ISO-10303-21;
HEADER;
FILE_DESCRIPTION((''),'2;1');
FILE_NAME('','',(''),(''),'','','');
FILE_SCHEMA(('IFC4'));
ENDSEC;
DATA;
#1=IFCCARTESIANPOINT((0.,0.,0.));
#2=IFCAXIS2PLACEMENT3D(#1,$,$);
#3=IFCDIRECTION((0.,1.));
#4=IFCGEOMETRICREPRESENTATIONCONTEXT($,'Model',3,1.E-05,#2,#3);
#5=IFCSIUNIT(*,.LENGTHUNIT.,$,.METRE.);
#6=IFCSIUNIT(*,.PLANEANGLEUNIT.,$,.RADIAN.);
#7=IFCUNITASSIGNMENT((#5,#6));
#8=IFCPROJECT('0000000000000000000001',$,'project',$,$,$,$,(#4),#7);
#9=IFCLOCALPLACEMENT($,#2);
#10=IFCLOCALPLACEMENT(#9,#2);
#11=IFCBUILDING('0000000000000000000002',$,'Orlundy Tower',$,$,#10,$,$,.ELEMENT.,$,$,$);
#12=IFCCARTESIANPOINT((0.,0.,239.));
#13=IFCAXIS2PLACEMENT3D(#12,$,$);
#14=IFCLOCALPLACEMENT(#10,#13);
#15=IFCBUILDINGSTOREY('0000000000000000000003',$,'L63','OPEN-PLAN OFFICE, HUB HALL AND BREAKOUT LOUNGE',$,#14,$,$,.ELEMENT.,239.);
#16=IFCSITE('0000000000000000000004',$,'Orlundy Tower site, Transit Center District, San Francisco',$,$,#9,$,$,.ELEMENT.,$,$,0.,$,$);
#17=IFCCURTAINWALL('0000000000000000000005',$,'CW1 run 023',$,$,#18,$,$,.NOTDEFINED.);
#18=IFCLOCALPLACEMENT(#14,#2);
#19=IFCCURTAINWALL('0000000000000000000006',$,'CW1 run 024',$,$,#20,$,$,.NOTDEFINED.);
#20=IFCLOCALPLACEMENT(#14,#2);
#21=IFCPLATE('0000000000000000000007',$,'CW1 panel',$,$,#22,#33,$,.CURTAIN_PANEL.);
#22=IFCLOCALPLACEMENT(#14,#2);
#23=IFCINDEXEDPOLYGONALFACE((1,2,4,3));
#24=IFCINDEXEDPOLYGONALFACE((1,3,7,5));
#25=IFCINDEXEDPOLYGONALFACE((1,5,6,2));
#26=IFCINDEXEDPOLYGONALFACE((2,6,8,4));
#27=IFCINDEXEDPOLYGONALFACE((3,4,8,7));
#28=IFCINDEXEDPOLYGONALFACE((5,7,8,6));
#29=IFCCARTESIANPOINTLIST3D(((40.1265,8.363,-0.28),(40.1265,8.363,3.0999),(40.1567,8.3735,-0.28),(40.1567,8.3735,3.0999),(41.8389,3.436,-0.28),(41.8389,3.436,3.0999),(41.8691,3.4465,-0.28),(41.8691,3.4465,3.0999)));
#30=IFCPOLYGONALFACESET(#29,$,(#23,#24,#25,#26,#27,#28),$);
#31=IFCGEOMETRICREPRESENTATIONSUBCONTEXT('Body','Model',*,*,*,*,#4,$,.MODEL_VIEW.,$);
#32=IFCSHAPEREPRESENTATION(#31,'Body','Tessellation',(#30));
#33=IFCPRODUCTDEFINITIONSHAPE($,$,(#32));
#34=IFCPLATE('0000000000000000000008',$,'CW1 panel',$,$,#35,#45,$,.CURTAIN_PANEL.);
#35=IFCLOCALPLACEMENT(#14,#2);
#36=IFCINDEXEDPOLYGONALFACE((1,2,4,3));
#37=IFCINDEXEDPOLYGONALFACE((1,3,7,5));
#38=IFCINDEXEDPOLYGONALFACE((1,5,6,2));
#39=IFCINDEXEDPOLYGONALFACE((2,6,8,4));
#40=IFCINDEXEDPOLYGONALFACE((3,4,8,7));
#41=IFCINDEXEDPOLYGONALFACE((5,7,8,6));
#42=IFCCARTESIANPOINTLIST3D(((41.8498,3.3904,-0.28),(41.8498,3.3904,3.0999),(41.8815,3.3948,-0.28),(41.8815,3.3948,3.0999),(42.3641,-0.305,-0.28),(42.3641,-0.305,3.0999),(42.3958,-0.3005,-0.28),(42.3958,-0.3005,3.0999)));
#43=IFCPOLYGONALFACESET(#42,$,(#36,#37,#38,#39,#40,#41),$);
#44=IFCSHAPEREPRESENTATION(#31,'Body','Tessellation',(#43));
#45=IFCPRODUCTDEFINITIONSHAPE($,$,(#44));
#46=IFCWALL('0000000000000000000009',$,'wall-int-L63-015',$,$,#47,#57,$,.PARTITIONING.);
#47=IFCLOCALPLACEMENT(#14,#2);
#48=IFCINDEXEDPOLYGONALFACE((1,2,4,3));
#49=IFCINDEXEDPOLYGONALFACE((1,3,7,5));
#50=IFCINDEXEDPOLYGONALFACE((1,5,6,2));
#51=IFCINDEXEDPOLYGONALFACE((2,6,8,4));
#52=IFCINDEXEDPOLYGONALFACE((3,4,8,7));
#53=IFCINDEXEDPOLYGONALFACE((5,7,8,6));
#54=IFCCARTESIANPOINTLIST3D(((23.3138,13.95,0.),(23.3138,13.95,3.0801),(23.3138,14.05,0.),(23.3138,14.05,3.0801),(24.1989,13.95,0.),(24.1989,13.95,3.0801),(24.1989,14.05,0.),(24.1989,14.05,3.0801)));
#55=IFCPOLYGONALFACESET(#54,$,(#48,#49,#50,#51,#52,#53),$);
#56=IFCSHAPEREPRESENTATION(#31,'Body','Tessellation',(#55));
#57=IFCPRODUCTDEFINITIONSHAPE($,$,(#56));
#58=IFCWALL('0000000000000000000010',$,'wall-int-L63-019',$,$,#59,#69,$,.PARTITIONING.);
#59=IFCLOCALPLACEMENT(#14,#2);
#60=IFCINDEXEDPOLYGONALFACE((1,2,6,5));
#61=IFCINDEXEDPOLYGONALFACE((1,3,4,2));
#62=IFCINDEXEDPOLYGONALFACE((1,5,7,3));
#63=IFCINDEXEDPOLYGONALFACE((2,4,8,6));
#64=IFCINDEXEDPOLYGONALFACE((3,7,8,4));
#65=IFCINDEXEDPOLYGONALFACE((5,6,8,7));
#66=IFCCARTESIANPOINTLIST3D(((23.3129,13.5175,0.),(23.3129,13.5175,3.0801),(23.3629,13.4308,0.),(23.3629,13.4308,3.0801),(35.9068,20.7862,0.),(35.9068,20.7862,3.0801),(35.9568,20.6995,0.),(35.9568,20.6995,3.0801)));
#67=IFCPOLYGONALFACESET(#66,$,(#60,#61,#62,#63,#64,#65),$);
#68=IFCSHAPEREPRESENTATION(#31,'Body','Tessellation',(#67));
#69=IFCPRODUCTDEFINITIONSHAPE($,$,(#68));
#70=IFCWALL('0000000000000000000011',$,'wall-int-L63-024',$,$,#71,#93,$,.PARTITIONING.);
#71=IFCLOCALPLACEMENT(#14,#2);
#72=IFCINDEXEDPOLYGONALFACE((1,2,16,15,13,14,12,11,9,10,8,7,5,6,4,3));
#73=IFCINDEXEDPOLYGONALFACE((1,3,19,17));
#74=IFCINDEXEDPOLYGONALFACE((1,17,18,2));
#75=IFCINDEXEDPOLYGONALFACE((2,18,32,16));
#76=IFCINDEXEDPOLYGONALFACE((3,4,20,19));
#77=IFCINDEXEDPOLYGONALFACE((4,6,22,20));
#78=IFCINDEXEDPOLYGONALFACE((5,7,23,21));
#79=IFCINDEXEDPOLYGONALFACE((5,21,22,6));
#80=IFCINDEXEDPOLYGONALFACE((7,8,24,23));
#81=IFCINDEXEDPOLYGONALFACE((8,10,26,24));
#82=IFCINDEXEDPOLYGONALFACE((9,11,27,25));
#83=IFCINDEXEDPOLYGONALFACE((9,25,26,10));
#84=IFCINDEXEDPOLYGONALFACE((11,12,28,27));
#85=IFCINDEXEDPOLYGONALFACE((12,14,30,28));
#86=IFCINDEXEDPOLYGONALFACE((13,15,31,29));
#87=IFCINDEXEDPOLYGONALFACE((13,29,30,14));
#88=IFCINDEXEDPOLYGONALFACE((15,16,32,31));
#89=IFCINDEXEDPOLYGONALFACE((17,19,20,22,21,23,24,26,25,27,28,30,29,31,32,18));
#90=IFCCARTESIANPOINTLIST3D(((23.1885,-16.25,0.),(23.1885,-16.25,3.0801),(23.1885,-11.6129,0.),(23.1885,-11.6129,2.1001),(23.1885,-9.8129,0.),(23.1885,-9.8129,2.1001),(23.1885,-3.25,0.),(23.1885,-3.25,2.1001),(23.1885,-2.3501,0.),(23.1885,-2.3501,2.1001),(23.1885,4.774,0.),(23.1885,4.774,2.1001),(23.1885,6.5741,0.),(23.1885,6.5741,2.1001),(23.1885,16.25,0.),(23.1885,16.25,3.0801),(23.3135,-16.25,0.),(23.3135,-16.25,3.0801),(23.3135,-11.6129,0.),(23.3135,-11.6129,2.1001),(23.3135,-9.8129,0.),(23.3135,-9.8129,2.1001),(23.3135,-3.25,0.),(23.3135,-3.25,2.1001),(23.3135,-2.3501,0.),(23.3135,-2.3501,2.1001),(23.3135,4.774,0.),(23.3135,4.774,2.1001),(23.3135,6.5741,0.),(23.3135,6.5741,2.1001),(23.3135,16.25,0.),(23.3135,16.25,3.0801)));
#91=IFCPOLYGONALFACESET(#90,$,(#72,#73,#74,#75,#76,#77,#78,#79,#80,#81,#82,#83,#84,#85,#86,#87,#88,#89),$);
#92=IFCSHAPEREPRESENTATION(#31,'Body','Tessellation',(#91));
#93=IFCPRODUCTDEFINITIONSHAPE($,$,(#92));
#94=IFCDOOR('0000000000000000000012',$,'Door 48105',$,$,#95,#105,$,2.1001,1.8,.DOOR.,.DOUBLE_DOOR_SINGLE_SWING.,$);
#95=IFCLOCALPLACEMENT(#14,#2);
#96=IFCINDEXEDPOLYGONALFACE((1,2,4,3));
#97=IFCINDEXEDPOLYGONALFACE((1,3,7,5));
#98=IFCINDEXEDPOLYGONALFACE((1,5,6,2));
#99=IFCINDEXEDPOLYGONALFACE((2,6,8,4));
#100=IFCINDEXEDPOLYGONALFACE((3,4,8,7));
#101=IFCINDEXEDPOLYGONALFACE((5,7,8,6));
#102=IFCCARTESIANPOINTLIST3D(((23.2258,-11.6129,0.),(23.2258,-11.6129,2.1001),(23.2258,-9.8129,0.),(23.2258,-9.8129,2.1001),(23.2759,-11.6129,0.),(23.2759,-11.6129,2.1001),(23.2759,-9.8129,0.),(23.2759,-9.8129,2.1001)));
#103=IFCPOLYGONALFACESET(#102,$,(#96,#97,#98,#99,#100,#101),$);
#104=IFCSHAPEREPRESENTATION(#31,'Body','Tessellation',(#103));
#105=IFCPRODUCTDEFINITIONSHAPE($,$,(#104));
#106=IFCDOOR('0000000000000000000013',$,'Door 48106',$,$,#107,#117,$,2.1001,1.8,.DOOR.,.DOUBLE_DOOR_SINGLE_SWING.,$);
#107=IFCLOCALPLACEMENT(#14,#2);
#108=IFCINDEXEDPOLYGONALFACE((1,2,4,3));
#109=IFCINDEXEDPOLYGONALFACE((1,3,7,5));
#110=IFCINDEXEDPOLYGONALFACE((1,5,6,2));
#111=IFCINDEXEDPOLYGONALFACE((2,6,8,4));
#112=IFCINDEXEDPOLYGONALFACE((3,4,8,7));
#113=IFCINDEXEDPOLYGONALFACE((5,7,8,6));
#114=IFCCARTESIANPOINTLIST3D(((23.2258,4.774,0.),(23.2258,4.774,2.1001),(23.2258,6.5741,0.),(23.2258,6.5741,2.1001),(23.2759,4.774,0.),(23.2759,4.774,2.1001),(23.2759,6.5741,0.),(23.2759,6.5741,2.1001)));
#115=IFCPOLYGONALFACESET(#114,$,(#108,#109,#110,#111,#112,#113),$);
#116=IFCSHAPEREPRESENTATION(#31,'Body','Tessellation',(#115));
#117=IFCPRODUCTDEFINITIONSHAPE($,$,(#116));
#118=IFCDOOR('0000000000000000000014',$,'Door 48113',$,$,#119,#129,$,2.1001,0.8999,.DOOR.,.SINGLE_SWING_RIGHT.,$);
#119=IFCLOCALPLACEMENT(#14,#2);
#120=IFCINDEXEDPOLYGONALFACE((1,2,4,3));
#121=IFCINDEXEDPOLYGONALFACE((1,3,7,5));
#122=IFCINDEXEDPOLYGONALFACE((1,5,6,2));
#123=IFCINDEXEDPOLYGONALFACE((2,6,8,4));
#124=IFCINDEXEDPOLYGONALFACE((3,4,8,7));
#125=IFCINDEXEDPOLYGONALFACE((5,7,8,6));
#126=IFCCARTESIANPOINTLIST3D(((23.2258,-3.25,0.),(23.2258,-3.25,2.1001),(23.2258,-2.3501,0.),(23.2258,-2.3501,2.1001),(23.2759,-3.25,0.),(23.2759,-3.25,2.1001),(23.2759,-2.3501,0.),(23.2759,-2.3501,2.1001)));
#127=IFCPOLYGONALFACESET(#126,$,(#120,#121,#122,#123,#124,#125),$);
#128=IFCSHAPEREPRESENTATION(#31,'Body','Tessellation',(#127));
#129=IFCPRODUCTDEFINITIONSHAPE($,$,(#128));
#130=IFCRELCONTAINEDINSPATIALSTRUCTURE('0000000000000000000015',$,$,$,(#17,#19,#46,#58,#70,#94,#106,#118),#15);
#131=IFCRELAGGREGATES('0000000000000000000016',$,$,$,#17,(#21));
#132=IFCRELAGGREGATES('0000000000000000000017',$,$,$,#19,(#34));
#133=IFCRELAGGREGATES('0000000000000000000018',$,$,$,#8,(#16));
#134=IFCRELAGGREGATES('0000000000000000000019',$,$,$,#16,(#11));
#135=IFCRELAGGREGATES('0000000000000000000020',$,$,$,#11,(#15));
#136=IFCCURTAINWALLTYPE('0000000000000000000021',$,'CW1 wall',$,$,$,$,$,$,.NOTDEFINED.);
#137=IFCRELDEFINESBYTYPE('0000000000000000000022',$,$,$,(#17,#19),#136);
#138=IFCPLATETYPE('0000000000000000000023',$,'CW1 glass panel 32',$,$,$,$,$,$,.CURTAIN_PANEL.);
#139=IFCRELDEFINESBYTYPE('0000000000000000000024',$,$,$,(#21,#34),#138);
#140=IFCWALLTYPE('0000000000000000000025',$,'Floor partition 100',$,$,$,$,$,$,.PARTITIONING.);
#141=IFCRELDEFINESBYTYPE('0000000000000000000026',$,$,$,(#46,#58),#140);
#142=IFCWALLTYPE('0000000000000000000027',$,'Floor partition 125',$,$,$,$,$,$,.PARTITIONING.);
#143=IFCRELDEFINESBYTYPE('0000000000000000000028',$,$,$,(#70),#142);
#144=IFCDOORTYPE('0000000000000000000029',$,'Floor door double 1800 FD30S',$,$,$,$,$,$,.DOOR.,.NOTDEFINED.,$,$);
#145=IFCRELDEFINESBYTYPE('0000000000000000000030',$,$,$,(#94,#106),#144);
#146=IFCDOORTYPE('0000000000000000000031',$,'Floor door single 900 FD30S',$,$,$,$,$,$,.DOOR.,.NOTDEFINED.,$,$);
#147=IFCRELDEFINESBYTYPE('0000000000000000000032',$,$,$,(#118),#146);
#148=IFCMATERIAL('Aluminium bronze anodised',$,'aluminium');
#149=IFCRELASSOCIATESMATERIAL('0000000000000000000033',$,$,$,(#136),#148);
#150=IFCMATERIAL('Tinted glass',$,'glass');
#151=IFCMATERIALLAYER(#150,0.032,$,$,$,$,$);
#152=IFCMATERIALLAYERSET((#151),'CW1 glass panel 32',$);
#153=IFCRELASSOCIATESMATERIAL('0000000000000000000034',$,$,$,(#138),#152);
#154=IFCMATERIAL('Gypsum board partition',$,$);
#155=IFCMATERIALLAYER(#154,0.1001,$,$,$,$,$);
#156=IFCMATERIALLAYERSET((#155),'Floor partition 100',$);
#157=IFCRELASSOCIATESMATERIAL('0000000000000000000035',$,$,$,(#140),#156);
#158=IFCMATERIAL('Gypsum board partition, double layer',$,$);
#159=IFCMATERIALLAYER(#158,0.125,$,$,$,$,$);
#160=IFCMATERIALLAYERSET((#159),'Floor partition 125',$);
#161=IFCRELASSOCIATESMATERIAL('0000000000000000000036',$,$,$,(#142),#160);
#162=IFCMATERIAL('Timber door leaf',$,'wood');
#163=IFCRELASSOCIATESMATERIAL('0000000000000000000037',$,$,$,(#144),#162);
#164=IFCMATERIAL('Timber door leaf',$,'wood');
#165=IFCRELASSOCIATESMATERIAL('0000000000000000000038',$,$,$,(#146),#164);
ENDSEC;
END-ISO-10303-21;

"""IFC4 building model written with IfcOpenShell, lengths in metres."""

from ifc_helpers import new_model, si_unit, direction, frame, frame_2d, origin, origin_2d, place, context, subcontext, project, spatial, rectangle, extrude, material, layer, layer_set, type_object, element, fill, aggregate, save


model = new_model("IFC4")

# Units and contexts
model_context = context("Model", 3, precision=1e-05, world=origin(), true_north=direction((0.0, 1.0)))
body_context = subcontext(model_context, "Body", "Model", "MODEL_VIEW")
ifc_project = project(units=[si_unit("LENGTHUNIT", "METRE"), si_unit("PLANEANGLEUNIT", "RADIAN")], contexts=[model_context])

# Site, building, storey
site_placement = place(None, origin())
site = spatial("IfcSite", under=ifc_project, at=site_placement, Name="Orlundy Tower site, Transit Center District, San Francisco", CompositionType="ELEMENT", RefElevation=0.0)
building_placement = place(site_placement, origin())
building = spatial("IfcBuilding", under=site, at=building_placement, Name="Orlundy Tower", CompositionType="ELEMENT")
storey_placement = place(building_placement, frame((0.0, 0.0, 239.0)))
storey = spatial("IfcBuildingStorey", under=building, at=storey_placement, Name="L63", Description="OPEN-PLAN OFFICE, HUB HALL AND BREAKOUT LOUNGE", CompositionType="ELEMENT", Elevation=239.0)

# Shared definitions
ifc_material_1 = material(Name="Aluminium bronze anodised", Category="aluminium")
curtain_wall_type = type_object("IfcCurtainWallType", Name="CW1 wall", PredefinedType="NOTDEFINED", material=ifc_material_1)

# Curtain walls
curtain_wall_1_placement = place(storey_placement, origin())
curtain_wall_1 = element("IfcCurtainWall", 1, at=curtain_wall_1_placement, inside=storey, type_object=curtain_wall_type, Name="CW1 run 023", PredefinedType="NOTDEFINED")
curtain_wall_2_placement = place(storey_placement, origin())
curtain_wall_2 = element("IfcCurtainWall", 2, at=curtain_wall_2_placement, inside=storey, type_object=curtain_wall_type, Name="CW1 run 024", PredefinedType="NOTDEFINED")

# Plates
ifc_material_2 = material(Name="Tinted glass", Category="glass")
ifc_layer_1 = layer(ifc_material_2, 0.032)
ifc_layer_set_1 = layer_set([ifc_layer_1], Name="CW1 glass panel 32")
plate_type = type_object("IfcPlateType", Name="CW1 glass panel 32", PredefinedType="CURTAIN_PANEL", material=ifc_layer_set_1)
plate_1_placement = place(storey_placement, frame((40.9978, 5.9048, -0.28), z_axis=(0.0, 0.0, 1.0), x_axis=(0.328288, -0.944578, 0.0)))
plate_1 = element("IfcPlate", 3, at=plate_1_placement, type_object=plate_type, Name="CW1 panel", PredefinedType="CURTAIN_PANEL", context=body_context, shape_type="SweptSolid", body=[
    extrude(rectangle(XDim=5.2161, YDim=0.032, at=origin_2d()), origin(), (0.0, 0.0, 1.0), 3.3799),
])
aggregate(curtain_wall_1, [plate_1])
plate_2_placement = place(storey_placement, frame((42.1228, 1.5449, -0.28), z_axis=(0.0, 0.0, 1.0), x_axis=(0.137833, -0.990455, 0.0)))
plate_2 = element("IfcPlate", 4, at=plate_2_placement, type_object=plate_type, Name="CW1 panel", PredefinedType="CURTAIN_PANEL", context=body_context, shape_type="SweptSolid", body=[
    extrude(rectangle(XDim=3.731, YDim=0.032, at=origin_2d()), origin(), (0.0, 0.0, 1.0), 3.3799),
])
aggregate(curtain_wall_2, [plate_2])

# Walls
ifc_material_3 = material(Name="Gypsum board partition")
ifc_layer_2 = layer(ifc_material_3, 0.1001)
ifc_layer_set_2 = layer_set([ifc_layer_2], Name="Floor partition 100")
wall_type_1 = type_object("IfcWallType", Name="Floor partition 100", PredefinedType="PARTITIONING", material=ifc_layer_set_2)
wall_1_placement = place(storey_placement, frame((23.314, 14.0, 0.0), z_axis=(0.0, 0.0, 1.0), x_axis=(1.0, 0.0, 0.0)))
element("IfcWall", 5, at=wall_1_placement, inside=storey, type_object=wall_type_1, Name="wall-int-L63-015", PredefinedType="PARTITIONING", context=body_context, shape_type="SweptSolid", body=[
    extrude(rectangle(XDim=0.885, YDim=0.1001, at=frame_2d((0.4424, 0.0))), origin(), (0.0, 0.0, 1.0), 3.0801),
])
wall_2_placement = place(storey_placement, frame((23.3379, 13.4741, 0.0), z_axis=(0.0, 0.0, 1.0), x_axis=(0.866095, 0.499879, 0.0)))
element("IfcWall", 6, at=wall_2_placement, inside=storey, type_object=wall_type_1, Name="wall-int-L63-019", PredefinedType="PARTITIONING", context=body_context, shape_type="SweptSolid", body=[
    extrude(rectangle(XDim=14.541, YDim=0.1001, at=frame_2d((7.2705, 0.0))), origin(), (0.0, 0.0, 1.0), 3.0801),
])

# Wall, openings, doors
ifc_material_4 = material(Name="Gypsum board partition, double layer")
ifc_layer_3 = layer(ifc_material_4, 0.125)
ifc_layer_set_3 = layer_set([ifc_layer_3], Name="Floor partition 125")
wall_type_2 = type_object("IfcWallType", Name="Floor partition 125", PredefinedType="PARTITIONING", material=ifc_layer_set_3)
wall_3_placement = place(storey_placement, frame((23.251, 16.25, 0.0), z_axis=(0.0, 0.0, 1.0), x_axis=(0.0, -1.0, 0.0)))
wall_3 = element("IfcWall", 7, at=wall_3_placement, inside=storey, type_object=wall_type_2, Name="wall-int-L63-024", PredefinedType="PARTITIONING", context=body_context, shape_type="SweptSolid", body=[
    extrude(rectangle(XDim=32.5, YDim=0.125, at=frame_2d((16.25, 0.0))), origin(), (0.0, 0.0, 1.0), 3.0801),
])
opening_1_placement = place(wall_3_placement, frame((26.063, 0.0, 0.0)))
opening_1 = element("IfcOpeningElement", 8, at=opening_1_placement, cuts=wall_3, PredefinedType="OPENING", context=body_context, shape_type="SweptSolid", body=[
    extrude(rectangle(XDim=1.8, YDim=2.1001, at=frame_2d((0.8999, 1.05))), frame((0.0, 0.0725, 0.0), z_axis=(0.0, -1.0, 0.0), x_axis=(1.0, 0.0, 0.0)), (0.0, 0.0, 1.0), 0.145),
])
opening_2_placement = place(wall_3_placement, frame((9.676, 0.0, 0.0)))
opening_2 = element("IfcOpeningElement", 9, at=opening_2_placement, cuts=wall_3, PredefinedType="OPENING", context=body_context, shape_type="SweptSolid", body=[
    extrude(rectangle(XDim=1.8, YDim=2.1001, at=frame_2d((0.8999, 1.05))), frame((0.0, 0.0725, 0.0), z_axis=(0.0, -1.0, 0.0), x_axis=(1.0, 0.0, 0.0)), (0.0, 0.0, 1.0), 0.145),
])
opening_3_placement = place(wall_3_placement, frame((18.6001, 0.0, 0.0)))
opening_3 = element("IfcOpeningElement", 10, at=opening_3_placement, cuts=wall_3, PredefinedType="OPENING", context=body_context, shape_type="SweptSolid", body=[
    extrude(rectangle(XDim=0.8999, YDim=2.1001, at=frame_2d((0.45, 1.05))), frame((0.0, 0.0725, 0.0), z_axis=(0.0, -1.0, 0.0), x_axis=(1.0, 0.0, 0.0)), (0.0, 0.0, 1.0), 0.145),
])
ifc_material_5 = material(Name="Timber door leaf", Category="wood")
door_type_1 = type_object("IfcDoorType", Name="Floor door double 1800 FD30S", OperationType="NOTDEFINED", PredefinedType="DOOR", material=ifc_material_5)
door_1_placement = place(opening_1_placement, origin())
door_1 = element("IfcDoor", 11, at=door_1_placement, inside=storey, type_object=door_type_1, Name="Door 48105", OperationType="DOUBLE_DOOR_SINGLE_SWING", OverallHeight=2.1001, OverallWidth=1.8, PredefinedType="DOOR", context=body_context, shape_type="SweptSolid", body=[
    extrude(rectangle(XDim=1.8, YDim=2.1001, at=frame_2d((0.8999, 1.05))), frame((0.0, 0.0249, 0.0), z_axis=(0.0, -1.0, 0.0), x_axis=(1.0, 0.0, 0.0)), (0.0, 0.0, 1.0), 0.05),
])
fill(opening_1, door_1)
door_2_placement = place(opening_2_placement, origin())
door_2 = element("IfcDoor", 12, at=door_2_placement, inside=storey, type_object=door_type_1, Name="Door 48106", OperationType="DOUBLE_DOOR_SINGLE_SWING", OverallHeight=2.1001, OverallWidth=1.8, PredefinedType="DOOR", context=body_context, shape_type="SweptSolid", body=[
    extrude(rectangle(XDim=1.8, YDim=2.1001, at=frame_2d((0.8999, 1.05))), frame((0.0, 0.0249, 0.0), z_axis=(0.0, -1.0, 0.0), x_axis=(1.0, 0.0, 0.0)), (0.0, 0.0, 1.0), 0.05),
])
fill(opening_2, door_2)
ifc_material_6 = material(Name="Timber door leaf", Category="wood")
door_type_2 = type_object("IfcDoorType", Name="Floor door single 900 FD30S", OperationType="NOTDEFINED", PredefinedType="DOOR", material=ifc_material_6)
door_3_placement = place(opening_3_placement, origin())
door_3 = element("IfcDoor", 13, at=door_3_placement, inside=storey, type_object=door_type_2, Name="Door 48113", OperationType="SINGLE_SWING_RIGHT", OverallHeight=2.1001, OverallWidth=0.8999, PredefinedType="DOOR", context=body_context, shape_type="SweptSolid", body=[
    extrude(rectangle(XDim=0.8999, YDim=2.1001, at=frame_2d((0.45, 1.05))), frame((0.0, 0.0249, 0.0), z_axis=(0.0, -1.0, 0.0), x_axis=(1.0, 0.0, 0.0)), (0.0, 0.0, 1.0), 0.05),
])
fill(opening_3, door_3)

save(model, "model.ifc")
